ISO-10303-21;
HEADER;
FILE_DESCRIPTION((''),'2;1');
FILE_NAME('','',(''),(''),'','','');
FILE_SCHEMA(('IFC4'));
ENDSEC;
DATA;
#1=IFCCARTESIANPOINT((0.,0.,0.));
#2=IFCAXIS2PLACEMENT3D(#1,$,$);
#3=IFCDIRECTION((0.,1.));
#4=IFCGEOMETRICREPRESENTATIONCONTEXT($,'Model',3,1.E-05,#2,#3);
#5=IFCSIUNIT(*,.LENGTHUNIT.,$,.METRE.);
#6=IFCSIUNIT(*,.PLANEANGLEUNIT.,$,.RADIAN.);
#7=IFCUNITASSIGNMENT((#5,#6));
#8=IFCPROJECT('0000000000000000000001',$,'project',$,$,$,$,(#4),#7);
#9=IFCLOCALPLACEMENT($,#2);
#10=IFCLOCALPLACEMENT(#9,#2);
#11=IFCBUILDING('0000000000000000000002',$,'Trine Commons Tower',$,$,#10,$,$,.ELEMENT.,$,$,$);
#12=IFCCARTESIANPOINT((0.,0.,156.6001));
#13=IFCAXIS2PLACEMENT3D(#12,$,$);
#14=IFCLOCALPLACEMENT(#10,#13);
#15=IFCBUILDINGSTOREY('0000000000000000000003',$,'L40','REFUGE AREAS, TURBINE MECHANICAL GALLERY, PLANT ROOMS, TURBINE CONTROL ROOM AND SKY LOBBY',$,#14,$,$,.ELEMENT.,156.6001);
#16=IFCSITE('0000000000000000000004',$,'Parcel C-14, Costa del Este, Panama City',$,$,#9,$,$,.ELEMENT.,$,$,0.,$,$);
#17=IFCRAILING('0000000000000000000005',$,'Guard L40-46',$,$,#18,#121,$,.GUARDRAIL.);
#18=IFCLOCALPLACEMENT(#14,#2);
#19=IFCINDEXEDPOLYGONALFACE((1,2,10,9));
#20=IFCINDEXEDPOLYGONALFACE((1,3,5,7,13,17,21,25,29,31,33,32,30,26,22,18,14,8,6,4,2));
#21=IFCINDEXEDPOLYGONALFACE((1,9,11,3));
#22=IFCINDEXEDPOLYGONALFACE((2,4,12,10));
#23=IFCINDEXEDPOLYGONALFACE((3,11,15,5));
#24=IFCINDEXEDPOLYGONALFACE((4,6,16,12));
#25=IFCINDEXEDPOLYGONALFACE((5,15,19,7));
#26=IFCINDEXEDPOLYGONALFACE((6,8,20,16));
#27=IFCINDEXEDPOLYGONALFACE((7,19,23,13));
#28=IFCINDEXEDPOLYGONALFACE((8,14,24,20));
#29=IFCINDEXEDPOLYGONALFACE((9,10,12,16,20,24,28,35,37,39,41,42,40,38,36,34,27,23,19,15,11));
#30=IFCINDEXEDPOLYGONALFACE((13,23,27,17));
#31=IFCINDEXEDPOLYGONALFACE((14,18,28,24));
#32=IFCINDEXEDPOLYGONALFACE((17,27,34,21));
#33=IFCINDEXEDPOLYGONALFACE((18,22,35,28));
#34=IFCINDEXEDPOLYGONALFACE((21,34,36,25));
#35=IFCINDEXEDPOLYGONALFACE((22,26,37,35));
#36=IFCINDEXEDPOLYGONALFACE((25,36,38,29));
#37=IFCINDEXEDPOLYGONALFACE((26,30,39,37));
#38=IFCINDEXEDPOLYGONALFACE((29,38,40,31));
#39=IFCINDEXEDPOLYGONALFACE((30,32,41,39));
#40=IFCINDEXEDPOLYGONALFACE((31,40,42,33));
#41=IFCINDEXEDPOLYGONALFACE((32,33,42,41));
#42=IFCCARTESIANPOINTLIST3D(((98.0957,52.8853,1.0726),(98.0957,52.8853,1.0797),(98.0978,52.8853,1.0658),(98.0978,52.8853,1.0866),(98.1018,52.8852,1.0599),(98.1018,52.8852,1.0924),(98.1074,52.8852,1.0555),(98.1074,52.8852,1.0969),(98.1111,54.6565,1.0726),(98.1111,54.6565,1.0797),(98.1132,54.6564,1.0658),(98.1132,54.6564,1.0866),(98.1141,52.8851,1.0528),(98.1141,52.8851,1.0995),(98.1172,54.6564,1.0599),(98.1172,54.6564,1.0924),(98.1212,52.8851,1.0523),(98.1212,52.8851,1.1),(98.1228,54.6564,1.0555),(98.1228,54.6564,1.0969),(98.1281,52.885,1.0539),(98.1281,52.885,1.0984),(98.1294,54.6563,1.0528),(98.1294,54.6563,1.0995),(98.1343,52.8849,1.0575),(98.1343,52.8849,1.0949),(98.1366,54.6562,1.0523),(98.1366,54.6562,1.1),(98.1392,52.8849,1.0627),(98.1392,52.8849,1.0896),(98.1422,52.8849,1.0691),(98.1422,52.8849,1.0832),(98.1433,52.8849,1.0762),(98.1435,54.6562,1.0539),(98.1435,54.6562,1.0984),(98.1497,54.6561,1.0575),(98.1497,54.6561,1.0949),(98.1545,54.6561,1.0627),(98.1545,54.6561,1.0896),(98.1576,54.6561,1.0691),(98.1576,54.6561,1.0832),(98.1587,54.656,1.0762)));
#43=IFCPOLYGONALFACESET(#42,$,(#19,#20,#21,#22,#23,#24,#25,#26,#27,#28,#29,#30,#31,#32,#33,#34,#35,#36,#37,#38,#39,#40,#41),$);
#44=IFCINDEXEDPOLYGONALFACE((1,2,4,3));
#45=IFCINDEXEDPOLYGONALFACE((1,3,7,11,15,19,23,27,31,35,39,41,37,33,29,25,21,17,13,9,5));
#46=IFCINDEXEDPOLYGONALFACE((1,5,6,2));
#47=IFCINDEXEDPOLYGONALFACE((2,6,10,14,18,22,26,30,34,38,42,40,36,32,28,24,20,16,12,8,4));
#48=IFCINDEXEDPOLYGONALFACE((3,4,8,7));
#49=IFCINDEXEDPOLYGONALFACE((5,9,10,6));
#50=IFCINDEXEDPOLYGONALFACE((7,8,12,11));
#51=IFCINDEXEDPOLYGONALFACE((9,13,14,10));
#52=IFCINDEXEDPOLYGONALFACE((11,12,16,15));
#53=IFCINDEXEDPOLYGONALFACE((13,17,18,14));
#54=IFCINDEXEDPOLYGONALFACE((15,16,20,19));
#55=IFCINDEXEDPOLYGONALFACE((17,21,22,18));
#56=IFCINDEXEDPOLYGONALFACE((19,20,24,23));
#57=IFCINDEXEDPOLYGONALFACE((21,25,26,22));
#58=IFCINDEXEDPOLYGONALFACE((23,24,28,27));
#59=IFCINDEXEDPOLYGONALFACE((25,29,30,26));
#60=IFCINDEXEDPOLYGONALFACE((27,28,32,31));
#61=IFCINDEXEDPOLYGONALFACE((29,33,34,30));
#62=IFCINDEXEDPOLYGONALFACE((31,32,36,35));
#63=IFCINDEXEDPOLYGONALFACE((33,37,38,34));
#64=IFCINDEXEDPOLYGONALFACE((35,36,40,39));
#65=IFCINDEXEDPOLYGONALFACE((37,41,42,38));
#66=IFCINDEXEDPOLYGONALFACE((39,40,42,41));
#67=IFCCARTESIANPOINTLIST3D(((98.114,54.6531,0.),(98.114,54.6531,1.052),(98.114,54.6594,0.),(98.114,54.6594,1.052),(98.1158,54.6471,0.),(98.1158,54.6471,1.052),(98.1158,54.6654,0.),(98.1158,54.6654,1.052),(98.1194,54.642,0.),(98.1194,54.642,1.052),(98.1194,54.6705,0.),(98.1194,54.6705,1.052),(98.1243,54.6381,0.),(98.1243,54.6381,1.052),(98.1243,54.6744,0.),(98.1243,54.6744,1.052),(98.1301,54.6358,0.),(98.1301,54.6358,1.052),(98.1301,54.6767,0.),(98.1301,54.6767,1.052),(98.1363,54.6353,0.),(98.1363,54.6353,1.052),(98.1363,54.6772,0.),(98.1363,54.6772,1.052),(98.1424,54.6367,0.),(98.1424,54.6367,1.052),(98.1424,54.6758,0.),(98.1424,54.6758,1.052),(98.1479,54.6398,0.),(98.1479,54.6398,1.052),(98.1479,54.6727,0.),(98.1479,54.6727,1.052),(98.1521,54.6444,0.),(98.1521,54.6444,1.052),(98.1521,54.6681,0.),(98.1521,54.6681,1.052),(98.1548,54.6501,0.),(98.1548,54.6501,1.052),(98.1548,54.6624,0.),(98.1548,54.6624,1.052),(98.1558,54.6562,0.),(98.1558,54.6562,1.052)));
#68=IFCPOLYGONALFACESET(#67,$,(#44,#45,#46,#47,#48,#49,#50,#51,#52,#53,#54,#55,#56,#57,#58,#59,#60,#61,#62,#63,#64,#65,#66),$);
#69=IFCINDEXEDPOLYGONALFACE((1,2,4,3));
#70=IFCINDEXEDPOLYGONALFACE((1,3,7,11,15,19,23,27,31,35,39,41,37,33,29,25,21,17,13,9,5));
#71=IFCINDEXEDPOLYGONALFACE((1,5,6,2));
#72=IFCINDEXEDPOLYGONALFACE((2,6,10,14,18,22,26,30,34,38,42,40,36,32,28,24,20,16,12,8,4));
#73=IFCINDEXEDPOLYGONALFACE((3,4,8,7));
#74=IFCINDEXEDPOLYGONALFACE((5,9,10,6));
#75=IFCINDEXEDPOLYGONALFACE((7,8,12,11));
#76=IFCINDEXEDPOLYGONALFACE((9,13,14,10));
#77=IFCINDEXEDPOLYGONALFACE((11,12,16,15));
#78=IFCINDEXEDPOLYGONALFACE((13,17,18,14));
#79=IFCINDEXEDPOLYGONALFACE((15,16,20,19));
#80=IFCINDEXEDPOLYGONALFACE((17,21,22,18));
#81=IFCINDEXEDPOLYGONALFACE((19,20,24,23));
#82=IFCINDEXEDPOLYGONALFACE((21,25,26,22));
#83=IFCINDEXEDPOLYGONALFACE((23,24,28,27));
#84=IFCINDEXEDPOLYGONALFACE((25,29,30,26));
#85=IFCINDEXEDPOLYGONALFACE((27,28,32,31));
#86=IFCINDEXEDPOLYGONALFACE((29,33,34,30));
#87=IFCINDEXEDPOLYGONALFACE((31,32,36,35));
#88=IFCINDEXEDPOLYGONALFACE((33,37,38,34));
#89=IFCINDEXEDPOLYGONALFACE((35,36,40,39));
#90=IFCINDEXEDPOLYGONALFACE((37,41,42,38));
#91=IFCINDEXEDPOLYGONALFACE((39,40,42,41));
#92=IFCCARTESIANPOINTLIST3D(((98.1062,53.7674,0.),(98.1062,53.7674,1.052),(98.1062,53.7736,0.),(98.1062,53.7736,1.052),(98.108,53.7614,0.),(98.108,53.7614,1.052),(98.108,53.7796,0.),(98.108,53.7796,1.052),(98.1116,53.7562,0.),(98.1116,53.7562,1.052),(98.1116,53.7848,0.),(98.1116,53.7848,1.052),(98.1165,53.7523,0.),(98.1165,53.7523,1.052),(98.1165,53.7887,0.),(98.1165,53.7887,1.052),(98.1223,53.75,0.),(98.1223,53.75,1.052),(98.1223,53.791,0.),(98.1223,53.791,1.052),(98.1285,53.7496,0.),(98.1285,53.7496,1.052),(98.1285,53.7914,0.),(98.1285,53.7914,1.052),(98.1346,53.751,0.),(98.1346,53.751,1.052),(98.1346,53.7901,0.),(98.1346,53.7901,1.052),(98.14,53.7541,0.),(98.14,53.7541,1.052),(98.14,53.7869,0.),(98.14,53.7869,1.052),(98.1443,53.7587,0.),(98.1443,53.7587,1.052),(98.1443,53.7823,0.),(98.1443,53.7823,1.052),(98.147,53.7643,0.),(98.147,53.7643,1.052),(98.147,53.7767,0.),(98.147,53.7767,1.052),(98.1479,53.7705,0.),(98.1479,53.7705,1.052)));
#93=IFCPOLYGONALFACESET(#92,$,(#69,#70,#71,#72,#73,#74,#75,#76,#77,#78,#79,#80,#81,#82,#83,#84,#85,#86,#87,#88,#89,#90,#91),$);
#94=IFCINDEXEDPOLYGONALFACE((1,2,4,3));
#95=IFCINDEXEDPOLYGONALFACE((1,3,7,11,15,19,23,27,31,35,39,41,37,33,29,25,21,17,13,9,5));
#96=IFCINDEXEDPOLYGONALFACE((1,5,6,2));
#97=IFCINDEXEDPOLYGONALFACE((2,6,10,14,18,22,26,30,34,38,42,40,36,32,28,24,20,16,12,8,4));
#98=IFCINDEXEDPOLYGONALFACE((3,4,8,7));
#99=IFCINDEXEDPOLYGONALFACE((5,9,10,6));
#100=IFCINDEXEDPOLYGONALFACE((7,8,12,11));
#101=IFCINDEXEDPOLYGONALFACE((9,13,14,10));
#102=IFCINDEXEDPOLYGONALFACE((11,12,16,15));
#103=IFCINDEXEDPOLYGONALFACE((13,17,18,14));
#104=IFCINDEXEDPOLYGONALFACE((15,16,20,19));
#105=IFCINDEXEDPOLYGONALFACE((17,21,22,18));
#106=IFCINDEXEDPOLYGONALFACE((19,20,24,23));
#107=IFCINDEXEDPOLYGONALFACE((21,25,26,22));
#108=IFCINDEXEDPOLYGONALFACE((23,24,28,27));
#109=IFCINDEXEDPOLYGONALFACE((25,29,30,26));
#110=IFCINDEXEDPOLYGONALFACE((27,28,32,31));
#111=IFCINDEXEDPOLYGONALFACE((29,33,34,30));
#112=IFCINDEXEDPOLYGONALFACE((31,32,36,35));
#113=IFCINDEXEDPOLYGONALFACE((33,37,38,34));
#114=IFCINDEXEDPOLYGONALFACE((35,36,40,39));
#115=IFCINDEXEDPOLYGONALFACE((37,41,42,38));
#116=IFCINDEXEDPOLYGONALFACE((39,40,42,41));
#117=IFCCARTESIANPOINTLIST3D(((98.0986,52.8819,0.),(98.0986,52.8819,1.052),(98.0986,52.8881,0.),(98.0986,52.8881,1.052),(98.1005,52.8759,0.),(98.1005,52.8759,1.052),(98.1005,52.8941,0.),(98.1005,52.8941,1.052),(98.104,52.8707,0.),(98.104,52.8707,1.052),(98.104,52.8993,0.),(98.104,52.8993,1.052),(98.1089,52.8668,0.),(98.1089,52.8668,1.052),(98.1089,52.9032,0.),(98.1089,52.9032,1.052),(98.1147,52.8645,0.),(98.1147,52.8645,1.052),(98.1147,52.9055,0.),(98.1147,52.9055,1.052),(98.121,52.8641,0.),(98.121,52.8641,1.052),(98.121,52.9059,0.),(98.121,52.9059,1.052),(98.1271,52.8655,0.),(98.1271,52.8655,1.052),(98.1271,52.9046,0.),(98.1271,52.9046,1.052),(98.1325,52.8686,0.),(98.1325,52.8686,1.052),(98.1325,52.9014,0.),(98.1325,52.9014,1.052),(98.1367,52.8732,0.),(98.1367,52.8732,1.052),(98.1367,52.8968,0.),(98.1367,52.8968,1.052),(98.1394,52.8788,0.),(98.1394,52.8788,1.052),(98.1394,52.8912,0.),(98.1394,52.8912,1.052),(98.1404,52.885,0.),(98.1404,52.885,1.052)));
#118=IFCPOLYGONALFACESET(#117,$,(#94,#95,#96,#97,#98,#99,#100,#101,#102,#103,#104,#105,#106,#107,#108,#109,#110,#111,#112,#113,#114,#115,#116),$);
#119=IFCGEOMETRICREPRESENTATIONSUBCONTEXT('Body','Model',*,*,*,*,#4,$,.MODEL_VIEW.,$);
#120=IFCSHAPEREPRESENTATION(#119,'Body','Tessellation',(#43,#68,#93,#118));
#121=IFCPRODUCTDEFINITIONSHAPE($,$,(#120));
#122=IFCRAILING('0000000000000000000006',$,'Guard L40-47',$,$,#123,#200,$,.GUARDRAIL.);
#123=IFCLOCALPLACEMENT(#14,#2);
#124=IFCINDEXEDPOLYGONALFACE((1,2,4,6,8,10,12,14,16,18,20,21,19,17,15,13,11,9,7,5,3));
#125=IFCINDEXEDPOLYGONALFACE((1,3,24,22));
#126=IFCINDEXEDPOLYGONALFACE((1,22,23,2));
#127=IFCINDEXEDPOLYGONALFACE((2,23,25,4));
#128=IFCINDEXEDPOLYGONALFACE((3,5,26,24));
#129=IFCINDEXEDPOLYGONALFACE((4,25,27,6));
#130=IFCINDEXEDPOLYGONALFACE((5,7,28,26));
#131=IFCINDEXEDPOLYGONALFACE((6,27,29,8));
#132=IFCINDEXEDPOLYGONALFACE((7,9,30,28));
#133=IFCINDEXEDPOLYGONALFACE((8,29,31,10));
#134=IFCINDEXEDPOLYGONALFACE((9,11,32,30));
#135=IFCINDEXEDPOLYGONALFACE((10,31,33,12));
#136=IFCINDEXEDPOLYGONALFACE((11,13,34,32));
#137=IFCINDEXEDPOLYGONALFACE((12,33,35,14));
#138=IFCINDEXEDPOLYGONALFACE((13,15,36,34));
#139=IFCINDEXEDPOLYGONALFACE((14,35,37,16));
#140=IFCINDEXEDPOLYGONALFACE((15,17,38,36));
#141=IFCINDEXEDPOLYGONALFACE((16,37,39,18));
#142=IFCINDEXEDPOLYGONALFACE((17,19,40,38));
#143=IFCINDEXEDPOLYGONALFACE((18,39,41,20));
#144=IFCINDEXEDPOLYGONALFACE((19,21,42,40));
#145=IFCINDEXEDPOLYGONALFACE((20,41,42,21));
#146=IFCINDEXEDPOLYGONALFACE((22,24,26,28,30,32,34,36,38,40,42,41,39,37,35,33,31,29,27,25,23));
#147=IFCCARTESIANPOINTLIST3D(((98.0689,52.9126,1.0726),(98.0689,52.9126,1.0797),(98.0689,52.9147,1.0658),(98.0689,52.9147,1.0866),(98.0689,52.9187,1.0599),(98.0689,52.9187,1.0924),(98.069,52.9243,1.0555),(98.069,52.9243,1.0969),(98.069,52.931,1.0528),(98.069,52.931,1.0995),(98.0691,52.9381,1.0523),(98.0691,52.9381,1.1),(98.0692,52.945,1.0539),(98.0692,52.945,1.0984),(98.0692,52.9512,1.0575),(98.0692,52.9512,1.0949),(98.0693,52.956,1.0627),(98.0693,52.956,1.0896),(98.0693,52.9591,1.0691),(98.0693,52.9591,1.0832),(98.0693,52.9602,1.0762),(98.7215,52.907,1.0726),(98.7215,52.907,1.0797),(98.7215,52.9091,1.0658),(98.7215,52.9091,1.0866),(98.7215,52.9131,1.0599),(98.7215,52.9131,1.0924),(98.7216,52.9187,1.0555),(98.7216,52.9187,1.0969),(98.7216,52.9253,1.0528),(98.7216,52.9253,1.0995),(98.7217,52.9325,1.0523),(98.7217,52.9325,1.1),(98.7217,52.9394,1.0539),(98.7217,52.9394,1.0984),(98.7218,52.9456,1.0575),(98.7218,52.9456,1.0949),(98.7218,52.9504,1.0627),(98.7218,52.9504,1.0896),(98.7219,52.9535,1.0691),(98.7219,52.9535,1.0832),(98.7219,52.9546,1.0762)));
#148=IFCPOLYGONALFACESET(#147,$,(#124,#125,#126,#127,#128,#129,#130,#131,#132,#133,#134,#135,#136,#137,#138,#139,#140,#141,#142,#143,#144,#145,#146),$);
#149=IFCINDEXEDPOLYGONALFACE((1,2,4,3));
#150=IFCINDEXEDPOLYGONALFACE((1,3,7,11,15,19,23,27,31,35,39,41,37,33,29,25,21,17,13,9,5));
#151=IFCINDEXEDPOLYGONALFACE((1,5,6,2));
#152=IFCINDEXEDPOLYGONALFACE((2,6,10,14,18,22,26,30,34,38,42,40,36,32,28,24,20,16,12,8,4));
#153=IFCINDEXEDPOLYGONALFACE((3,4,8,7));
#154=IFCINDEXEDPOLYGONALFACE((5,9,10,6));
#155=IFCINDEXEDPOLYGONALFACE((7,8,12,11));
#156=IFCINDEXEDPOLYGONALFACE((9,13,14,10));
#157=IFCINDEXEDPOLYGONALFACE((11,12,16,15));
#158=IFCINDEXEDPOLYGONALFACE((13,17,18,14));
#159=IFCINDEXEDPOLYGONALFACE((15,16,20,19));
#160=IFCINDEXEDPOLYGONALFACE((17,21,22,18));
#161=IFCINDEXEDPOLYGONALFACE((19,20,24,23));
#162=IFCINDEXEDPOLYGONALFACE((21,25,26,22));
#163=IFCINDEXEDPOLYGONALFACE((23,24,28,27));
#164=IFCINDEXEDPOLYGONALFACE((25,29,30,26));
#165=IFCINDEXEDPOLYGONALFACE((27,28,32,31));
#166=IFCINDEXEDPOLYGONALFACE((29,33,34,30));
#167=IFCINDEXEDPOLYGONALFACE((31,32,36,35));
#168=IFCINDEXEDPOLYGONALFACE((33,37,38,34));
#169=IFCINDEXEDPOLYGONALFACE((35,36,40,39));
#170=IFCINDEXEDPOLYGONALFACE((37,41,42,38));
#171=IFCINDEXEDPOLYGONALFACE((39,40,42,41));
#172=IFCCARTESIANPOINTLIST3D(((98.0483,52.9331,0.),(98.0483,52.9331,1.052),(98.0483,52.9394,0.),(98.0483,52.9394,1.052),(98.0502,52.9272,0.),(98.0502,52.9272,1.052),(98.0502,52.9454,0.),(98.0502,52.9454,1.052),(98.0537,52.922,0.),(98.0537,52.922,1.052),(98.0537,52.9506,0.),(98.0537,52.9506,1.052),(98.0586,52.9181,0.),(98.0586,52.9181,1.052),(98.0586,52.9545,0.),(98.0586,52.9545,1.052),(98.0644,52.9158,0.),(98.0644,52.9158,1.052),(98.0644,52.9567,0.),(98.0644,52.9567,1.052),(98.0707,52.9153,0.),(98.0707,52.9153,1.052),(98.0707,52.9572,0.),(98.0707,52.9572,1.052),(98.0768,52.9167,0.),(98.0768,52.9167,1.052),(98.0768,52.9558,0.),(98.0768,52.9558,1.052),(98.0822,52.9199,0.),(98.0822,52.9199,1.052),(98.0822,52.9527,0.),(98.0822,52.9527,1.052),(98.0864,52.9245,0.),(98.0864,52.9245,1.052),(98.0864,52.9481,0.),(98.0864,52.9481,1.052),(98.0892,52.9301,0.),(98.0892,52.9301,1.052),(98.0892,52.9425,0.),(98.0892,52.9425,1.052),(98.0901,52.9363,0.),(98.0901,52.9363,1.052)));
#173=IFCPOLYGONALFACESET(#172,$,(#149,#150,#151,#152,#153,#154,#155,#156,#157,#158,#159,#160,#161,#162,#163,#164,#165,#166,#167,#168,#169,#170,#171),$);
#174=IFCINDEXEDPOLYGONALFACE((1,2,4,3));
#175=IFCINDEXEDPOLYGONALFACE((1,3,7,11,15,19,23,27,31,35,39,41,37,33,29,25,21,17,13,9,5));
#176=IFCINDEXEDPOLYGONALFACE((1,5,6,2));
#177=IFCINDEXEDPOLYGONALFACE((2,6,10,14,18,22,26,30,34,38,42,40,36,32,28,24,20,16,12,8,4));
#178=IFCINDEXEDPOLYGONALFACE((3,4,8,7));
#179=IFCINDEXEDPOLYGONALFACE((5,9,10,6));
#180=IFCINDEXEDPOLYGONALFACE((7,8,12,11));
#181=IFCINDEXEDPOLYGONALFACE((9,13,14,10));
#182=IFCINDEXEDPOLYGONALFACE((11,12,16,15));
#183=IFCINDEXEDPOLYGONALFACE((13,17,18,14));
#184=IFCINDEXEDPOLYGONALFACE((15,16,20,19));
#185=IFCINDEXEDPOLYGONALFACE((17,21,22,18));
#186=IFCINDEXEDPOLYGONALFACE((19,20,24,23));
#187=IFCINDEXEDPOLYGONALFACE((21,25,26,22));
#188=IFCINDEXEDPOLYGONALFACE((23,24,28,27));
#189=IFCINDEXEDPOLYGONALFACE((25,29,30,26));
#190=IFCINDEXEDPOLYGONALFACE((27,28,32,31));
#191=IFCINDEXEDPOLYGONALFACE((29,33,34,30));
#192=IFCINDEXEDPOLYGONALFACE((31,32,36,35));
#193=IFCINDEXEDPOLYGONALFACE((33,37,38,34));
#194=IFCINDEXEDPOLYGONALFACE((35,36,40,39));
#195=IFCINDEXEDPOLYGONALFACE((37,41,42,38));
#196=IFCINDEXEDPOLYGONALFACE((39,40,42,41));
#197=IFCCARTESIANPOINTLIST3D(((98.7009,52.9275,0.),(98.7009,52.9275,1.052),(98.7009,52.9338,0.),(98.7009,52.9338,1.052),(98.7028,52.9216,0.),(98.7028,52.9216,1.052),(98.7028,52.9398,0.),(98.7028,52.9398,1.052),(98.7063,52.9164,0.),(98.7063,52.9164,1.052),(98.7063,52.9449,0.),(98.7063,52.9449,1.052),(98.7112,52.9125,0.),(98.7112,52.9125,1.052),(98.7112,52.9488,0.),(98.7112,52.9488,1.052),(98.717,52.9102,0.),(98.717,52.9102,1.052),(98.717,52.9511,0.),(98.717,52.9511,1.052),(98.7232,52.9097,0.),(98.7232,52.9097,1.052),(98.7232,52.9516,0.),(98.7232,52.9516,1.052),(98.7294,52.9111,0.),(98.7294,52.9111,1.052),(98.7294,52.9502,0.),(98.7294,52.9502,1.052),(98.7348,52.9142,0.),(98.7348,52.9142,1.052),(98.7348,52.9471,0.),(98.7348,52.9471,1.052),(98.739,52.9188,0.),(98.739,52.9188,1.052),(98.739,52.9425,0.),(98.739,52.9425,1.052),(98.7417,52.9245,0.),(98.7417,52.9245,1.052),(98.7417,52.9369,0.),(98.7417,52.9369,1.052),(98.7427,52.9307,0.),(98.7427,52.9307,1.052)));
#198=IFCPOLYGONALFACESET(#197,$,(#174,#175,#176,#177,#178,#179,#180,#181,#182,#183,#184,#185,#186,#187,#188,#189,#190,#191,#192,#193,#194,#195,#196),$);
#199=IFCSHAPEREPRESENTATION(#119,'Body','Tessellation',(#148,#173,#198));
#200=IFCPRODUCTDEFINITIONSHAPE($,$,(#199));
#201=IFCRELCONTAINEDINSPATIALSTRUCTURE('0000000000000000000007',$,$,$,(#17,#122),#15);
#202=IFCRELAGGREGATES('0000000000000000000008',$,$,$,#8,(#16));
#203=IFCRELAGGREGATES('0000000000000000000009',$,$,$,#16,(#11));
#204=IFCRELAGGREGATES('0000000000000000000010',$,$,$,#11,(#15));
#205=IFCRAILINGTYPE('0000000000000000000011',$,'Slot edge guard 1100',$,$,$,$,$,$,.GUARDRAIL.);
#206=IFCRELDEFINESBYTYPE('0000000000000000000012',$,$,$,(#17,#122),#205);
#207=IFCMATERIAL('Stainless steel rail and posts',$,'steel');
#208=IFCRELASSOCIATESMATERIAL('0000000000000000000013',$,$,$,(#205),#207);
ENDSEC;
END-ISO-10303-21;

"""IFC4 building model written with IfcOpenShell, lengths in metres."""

from ifc_helpers import new_model, si_unit, direction, frame, origin, origin_2d, place, context, subcontext, project, spatial, circle, extrude, material, type_object, element, save


model = new_model("IFC4")

# Units and contexts
model_context = context("Model", 3, precision=1e-05, world=origin(), true_north=direction((0.0, 1.0)))
body_context = subcontext(model_context, "Body", "Model", "MODEL_VIEW")
ifc_project = project(units=[si_unit("LENGTHUNIT", "METRE"), si_unit("PLANEANGLEUNIT", "RADIAN")], contexts=[model_context])

# Site, building, storey
site_placement = place(None, origin())
site = spatial("IfcSite", under=ifc_project, at=site_placement, Name="Parcel C-14, Costa del Este, Panama City", CompositionType="ELEMENT", RefElevation=0.0)
building_placement = place(site_placement, origin())
building = spatial("IfcBuilding", under=site, at=building_placement, Name="Trine Commons Tower", CompositionType="ELEMENT")
storey_placement = place(building_placement, frame((0.0, 0.0, 156.6001)))
storey = spatial("IfcBuildingStorey", under=building, at=storey_placement, Name="L40", Description="REFUGE AREAS, TURBINE MECHANICAL GALLERY, PLANT ROOMS, TURBINE CONTROL ROOM AND SKY LOBBY", CompositionType="ELEMENT", Elevation=156.6001)

# Railings
ifc_material_1 = material(Name="Stainless steel rail and posts", Category="steel")
railing_type = type_object("IfcRailingType", Name="Slot edge guard 1100", PredefinedType="GUARDRAIL", material=ifc_material_1)
railing_1_placement = place(storey_placement, frame((98.1348, 54.6562, 0.0)))
element("IfcRailing", 1, at=railing_1_placement, inside=storey, type_object=railing_type, Name="Guard L40-46", PredefinedType="GUARDRAIL", context=body_context, shape_type="SweptSolid", body=[
    extrude(circle(Radius=0.0239, at=origin_2d()), frame((0.0, 0.0, 1.0762), z_axis=(-0.008683, -0.999962, 0.0), x_axis=(0.999962, -0.008683, 0.0)), (0.0, 0.0, 1.0), 1.7712),
    extrude(circle(Radius=0.021, at=origin_2d()), origin(), (0.0, 0.0, 1.0), 1.052),
    extrude(circle(Radius=0.021, at=origin_2d()), frame((-0.0078, -0.8857, 0.0)), (0.0, 0.0, 1.0), 1.052),
    extrude(circle(Radius=0.021, at=origin_2d()), frame((-0.0154, -1.7712, 0.0)), (0.0, 0.0, 1.0), 1.052),
])
railing_2_placement = place(storey_placement, frame((98.0691, 52.9363, 0.0)))
element("IfcRailing", 2, at=railing_2_placement, inside=storey, type_object=railing_type, Name="Guard L40-47", PredefinedType="GUARDRAIL", context=body_context, shape_type="SweptSolid", body=[
    extrude(circle(Radius=0.0239, at=origin_2d()), frame((0.0, 0.0, 1.0762), z_axis=(0.999963, -0.008604, 0.0), x_axis=(0.008604, 0.999963, 0.0)), (0.0, 0.0, 1.0), 0.6526),
    extrude(circle(Radius=0.021, at=origin_2d()), origin(), (0.0, 0.0, 1.0), 1.052),
    extrude(circle(Radius=0.021, at=origin_2d()), frame((0.6526, -0.0056, 0.0)), (0.0, 0.0, 1.0), 1.052),
])

save(model, "model.ifc")
